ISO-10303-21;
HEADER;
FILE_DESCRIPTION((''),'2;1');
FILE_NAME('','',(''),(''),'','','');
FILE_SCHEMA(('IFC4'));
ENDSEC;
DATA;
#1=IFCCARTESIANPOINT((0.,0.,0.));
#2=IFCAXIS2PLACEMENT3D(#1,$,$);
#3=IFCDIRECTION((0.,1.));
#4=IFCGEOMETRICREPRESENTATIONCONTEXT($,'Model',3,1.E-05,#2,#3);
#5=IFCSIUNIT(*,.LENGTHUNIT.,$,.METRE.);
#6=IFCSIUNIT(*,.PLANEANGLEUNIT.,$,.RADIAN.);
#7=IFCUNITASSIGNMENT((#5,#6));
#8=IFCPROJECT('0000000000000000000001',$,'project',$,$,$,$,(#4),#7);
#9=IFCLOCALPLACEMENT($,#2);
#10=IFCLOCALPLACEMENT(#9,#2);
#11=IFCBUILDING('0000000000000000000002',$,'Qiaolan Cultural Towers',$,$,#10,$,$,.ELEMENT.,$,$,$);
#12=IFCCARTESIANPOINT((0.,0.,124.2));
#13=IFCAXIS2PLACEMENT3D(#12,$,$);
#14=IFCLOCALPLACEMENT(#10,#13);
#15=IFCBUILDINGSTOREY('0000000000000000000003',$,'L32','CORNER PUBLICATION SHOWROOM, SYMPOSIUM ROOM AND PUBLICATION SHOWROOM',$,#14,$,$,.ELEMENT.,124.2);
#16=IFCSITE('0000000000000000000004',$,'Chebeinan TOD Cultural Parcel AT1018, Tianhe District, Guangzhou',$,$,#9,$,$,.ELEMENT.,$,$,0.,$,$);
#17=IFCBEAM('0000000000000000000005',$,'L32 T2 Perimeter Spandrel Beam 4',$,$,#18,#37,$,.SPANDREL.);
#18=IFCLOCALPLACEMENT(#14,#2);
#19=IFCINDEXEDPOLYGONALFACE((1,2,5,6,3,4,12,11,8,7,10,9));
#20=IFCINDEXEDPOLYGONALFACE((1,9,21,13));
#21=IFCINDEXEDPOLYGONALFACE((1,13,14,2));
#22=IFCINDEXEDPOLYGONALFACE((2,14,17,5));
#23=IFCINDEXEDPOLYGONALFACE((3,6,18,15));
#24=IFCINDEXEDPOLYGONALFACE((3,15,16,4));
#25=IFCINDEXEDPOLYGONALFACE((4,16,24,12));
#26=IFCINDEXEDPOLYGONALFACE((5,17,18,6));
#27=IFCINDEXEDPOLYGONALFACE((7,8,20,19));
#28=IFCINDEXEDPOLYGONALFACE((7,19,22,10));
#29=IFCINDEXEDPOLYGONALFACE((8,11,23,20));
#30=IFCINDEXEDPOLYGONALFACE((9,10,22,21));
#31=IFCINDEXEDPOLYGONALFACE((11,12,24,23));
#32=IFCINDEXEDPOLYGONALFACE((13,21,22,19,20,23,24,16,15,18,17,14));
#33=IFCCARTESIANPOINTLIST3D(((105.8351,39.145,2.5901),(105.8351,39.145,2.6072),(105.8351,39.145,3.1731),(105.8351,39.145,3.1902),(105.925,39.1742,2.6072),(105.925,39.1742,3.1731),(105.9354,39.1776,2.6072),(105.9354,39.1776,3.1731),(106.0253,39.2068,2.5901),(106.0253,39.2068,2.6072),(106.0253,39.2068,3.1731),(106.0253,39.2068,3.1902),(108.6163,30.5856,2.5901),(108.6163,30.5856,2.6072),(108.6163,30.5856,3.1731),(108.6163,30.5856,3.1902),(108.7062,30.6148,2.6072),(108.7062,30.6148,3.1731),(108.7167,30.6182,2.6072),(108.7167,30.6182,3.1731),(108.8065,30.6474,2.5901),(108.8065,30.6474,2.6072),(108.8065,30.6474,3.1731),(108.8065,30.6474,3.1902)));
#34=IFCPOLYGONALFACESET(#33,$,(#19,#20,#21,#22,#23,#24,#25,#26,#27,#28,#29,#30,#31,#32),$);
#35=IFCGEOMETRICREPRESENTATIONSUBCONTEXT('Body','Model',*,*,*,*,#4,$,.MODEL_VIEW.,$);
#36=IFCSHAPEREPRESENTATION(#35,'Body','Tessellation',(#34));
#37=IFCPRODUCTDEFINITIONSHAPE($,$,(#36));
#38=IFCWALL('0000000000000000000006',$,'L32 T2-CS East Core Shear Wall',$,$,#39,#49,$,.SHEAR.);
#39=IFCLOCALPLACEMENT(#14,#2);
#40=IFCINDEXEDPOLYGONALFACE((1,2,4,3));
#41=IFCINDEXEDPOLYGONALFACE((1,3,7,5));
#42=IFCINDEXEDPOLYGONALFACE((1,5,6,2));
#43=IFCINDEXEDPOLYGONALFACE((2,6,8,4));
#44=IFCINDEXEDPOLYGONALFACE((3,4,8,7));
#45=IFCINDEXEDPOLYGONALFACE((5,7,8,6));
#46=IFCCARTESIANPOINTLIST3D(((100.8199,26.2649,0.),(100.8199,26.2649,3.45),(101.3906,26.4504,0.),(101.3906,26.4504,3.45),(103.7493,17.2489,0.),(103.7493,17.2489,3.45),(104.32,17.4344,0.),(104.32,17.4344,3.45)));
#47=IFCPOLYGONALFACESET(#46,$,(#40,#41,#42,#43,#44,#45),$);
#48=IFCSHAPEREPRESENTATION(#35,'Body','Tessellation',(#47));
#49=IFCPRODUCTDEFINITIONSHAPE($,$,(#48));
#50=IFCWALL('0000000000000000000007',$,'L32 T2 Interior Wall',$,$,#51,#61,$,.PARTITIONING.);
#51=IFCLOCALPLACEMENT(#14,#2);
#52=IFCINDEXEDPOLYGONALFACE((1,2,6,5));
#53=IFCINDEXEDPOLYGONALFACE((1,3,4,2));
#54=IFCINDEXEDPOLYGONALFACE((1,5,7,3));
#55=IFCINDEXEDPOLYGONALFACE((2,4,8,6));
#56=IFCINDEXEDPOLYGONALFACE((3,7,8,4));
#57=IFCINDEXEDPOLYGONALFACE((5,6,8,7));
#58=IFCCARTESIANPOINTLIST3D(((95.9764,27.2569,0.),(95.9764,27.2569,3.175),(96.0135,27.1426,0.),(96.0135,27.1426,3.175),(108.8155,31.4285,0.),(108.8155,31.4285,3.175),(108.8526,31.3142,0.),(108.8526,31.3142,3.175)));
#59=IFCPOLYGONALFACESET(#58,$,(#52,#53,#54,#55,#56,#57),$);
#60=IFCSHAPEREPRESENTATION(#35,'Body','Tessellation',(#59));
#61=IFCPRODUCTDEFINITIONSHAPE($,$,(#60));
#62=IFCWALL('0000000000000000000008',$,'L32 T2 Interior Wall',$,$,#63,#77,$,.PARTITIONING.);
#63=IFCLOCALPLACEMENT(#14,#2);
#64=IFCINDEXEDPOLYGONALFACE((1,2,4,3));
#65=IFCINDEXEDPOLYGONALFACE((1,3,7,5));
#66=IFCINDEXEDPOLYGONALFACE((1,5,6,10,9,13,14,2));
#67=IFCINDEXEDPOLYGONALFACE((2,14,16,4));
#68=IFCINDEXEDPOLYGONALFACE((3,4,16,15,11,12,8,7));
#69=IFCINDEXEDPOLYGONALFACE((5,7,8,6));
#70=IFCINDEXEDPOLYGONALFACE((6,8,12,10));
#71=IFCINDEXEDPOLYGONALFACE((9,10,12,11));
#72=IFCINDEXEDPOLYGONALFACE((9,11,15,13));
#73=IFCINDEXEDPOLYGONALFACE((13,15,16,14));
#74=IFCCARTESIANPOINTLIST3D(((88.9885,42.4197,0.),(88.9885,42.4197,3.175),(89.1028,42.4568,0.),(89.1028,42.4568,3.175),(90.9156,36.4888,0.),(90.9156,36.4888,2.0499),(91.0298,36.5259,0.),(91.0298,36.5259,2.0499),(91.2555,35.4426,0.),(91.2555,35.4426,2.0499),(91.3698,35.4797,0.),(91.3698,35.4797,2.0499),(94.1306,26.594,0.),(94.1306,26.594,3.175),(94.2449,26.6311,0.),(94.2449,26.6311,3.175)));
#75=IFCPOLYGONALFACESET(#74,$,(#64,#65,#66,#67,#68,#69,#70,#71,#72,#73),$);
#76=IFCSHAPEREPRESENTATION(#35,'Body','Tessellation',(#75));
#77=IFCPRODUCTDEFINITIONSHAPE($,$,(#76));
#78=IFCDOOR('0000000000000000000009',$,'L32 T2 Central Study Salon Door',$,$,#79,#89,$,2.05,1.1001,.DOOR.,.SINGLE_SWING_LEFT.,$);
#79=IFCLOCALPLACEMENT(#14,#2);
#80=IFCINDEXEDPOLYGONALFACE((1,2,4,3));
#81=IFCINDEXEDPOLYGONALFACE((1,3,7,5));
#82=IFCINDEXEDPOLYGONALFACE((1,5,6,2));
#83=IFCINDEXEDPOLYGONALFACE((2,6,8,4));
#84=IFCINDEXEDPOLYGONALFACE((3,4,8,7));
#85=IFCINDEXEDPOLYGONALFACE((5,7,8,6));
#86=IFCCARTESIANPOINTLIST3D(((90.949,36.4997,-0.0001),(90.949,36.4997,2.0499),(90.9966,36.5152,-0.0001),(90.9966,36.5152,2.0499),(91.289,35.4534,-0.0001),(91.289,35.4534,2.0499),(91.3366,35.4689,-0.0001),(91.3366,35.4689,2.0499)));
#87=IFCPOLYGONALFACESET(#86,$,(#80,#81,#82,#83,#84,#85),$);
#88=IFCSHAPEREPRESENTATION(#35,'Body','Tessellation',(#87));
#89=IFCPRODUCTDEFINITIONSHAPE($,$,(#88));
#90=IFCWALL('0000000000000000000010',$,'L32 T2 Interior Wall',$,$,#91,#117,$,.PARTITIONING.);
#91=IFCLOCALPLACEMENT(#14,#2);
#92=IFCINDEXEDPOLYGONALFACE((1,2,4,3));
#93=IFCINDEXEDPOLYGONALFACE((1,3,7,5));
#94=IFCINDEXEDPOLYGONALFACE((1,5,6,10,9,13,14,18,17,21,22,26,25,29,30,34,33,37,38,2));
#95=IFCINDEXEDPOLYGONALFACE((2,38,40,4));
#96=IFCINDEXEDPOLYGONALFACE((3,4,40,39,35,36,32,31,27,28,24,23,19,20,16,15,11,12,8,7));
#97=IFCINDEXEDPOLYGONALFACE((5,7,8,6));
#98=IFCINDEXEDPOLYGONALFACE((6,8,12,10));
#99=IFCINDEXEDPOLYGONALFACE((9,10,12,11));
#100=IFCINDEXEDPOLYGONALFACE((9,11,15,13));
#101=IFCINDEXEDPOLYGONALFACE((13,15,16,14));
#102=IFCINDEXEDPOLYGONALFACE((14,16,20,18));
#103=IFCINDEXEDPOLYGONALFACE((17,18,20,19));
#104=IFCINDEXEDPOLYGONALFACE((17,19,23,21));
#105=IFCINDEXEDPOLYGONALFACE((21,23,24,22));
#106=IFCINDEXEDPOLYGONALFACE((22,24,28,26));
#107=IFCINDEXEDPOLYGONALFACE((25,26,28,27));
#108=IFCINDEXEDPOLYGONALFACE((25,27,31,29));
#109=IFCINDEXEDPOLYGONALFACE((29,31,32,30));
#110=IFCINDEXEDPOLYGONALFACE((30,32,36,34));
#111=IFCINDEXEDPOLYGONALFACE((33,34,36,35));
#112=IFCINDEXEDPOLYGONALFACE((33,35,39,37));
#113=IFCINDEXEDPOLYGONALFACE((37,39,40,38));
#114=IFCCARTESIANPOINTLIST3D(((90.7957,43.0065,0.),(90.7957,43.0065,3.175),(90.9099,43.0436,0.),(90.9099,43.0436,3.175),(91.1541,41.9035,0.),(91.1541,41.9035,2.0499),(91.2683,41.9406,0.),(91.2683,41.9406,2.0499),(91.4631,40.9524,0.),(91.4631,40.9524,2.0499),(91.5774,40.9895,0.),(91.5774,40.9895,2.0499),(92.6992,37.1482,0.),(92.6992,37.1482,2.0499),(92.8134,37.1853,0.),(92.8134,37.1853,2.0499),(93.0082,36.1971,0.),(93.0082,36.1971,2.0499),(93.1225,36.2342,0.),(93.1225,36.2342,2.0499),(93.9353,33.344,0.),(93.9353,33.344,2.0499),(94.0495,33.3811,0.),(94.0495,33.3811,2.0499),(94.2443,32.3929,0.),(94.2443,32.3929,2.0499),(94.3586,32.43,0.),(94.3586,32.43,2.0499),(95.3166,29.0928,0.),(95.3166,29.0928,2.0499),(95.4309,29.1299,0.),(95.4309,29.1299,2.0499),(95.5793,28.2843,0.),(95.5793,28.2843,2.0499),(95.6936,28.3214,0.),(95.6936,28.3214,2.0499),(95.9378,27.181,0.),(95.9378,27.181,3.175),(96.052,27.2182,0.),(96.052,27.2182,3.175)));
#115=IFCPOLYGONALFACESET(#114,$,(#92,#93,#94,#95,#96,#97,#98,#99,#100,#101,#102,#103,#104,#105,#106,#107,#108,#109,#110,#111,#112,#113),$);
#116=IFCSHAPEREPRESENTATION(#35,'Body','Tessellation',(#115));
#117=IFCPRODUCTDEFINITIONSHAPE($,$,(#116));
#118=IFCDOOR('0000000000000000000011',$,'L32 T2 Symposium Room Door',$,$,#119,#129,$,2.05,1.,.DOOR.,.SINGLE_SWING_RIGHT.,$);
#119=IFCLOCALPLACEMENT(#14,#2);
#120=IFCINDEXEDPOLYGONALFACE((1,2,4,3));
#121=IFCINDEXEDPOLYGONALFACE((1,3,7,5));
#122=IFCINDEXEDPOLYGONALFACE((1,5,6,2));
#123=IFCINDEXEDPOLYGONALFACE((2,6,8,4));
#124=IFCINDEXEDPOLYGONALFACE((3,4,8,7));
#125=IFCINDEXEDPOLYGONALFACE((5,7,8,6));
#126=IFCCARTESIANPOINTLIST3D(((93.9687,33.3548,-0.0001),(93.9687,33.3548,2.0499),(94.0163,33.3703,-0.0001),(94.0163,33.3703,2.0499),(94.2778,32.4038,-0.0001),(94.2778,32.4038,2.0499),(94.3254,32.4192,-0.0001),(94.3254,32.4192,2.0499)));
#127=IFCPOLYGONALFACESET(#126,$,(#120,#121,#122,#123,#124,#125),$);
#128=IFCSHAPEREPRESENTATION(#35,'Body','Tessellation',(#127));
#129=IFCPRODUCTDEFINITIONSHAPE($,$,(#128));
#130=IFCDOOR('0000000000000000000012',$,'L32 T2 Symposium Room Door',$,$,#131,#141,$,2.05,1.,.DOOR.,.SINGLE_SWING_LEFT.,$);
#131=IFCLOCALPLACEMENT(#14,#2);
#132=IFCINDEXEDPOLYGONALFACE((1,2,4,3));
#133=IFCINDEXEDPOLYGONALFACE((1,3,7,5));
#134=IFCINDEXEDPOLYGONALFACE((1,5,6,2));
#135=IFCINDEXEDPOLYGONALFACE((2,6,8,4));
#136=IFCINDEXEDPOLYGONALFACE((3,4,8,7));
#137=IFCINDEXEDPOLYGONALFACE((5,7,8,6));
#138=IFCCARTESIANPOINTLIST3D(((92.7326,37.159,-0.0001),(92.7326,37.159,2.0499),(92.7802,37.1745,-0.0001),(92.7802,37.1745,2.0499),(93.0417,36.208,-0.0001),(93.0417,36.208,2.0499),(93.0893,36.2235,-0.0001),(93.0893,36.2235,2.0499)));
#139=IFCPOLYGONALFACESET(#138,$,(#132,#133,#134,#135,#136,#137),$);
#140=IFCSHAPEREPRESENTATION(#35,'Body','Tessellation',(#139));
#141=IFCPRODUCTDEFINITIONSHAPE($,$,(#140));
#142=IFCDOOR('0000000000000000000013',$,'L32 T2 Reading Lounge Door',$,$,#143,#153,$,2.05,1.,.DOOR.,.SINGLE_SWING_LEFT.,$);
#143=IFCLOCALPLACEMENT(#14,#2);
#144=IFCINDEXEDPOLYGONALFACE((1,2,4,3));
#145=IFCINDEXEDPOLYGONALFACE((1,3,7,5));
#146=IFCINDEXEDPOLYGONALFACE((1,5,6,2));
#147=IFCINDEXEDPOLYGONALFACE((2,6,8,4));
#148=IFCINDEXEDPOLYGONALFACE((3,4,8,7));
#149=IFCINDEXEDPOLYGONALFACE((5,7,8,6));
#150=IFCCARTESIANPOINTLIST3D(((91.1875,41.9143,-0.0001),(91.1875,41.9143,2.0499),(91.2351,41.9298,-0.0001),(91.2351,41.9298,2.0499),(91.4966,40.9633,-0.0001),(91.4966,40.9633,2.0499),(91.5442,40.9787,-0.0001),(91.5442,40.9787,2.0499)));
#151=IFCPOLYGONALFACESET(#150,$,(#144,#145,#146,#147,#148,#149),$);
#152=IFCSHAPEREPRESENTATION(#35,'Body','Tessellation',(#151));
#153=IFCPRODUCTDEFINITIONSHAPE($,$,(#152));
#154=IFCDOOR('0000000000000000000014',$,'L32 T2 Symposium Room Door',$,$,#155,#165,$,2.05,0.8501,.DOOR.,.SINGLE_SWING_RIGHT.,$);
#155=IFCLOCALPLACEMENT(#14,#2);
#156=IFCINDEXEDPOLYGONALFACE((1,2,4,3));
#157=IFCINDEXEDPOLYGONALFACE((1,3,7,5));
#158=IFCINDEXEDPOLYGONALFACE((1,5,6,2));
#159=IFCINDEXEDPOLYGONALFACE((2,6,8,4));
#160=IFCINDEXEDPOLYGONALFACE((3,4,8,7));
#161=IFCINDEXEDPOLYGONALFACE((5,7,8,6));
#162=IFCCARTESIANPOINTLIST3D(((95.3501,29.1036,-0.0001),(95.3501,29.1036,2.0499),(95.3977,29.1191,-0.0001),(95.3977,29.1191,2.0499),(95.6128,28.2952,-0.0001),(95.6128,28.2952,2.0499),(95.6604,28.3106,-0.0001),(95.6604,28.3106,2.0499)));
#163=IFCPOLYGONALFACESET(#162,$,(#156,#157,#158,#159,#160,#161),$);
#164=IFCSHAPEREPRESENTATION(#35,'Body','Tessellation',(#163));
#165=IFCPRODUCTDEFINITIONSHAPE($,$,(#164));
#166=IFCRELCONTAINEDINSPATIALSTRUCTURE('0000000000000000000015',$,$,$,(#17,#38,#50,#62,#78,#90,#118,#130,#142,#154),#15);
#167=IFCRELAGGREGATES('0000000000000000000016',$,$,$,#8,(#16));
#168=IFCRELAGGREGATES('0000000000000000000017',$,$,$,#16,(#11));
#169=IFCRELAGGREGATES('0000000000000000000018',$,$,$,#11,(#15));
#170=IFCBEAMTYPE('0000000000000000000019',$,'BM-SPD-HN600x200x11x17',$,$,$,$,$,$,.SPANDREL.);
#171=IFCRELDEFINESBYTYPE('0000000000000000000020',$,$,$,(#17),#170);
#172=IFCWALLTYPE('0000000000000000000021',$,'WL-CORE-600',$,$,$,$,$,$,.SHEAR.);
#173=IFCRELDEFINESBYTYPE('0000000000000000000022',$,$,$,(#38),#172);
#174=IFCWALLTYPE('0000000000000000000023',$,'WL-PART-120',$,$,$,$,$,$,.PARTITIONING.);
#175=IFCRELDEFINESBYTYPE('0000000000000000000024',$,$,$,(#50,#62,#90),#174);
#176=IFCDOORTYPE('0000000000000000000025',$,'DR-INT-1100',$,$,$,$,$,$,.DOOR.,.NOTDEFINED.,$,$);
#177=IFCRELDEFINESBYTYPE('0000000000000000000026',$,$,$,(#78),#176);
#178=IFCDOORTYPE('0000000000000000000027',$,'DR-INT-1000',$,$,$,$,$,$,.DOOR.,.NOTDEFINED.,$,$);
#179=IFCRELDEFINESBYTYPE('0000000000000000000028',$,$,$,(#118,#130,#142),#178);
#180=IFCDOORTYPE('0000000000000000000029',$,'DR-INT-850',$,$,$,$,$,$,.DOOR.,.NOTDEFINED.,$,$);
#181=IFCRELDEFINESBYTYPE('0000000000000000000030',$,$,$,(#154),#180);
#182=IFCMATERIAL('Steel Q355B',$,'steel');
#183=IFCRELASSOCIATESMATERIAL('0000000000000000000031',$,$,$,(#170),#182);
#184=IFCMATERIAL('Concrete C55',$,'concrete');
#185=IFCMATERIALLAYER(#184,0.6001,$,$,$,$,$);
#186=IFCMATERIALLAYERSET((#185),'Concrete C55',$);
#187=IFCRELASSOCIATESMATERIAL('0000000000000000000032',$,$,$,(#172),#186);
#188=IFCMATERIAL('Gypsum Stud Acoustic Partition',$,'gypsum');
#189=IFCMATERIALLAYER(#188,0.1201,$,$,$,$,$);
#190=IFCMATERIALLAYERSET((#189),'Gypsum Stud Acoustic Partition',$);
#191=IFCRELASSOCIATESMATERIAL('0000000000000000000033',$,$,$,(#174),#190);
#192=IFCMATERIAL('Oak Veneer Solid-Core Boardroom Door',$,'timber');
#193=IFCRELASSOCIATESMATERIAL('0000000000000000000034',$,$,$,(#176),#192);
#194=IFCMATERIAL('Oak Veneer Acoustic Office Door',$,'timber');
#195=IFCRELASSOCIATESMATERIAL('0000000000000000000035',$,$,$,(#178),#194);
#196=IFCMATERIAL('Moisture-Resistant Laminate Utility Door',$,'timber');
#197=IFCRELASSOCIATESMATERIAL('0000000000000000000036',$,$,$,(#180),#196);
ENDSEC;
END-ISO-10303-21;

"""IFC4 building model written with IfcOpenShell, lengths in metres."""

from ifc_helpers import new_model, si_unit, direction, frame, frame_2d, origin, origin_2d, place, context, subcontext, project, spatial, rectangle, i_section, extrude, material, layer, layer_set, material_profile, profile_set, type_object, element, fill, save


model = new_model("IFC4")

# Units and contexts
model_context = context("Model", 3, precision=1e-05, world=origin(), true_north=direction((0.0, 1.0)))
body_context = subcontext(model_context, "Body", "Model", "MODEL_VIEW")
ifc_project = project(units=[si_unit("LENGTHUNIT", "METRE"), si_unit("PLANEANGLEUNIT", "RADIAN")], contexts=[model_context])

# Site, building, storey
site_placement = place(None, origin())
site = spatial("IfcSite", under=ifc_project, at=site_placement, Name="Chebeinan TOD Cultural Parcel AT1018, Tianhe District, Guangzhou", CompositionType="ELEMENT", RefElevation=0.0)
building_placement = place(site_placement, origin())
building = spatial("IfcBuilding", under=site, at=building_placement, Name="Qiaolan Cultural Towers", CompositionType="ELEMENT")
storey_placement = place(building_placement, frame((0.0, 0.0, 124.2)))
storey = spatial("IfcBuildingStorey", under=building, at=storey_placement, Name="L32", Description="CORNER PUBLICATION SHOWROOM, SYMPOSIUM ROOM AND PUBLICATION SHOWROOM", CompositionType="ELEMENT", Elevation=124.2)

# Beam
ifc_material_1 = material(Name="Steel Q355B", Category="steel")
ifc_material_profile_1 = material_profile(ifc_material_1, i_section(OverallWidth=0.2, OverallDepth=0.6001, WebThickness=0.011, FlangeThickness=0.0171, at=origin_2d()), Name="HN600x200x11x17")
ifc_profile_set_1 = profile_set([ifc_material_profile_1], Name="Steel Q355B")
beam_type_1 = type_object("IfcBeamType", Name="BM-SPD-HN600x200x11x17", PredefinedType="SPANDREL", material=ifc_profile_set_1)
beam_1_placement = place(storey_placement, frame((108.7114, 30.6165, 2.8901), z_axis=(-0.309025, 0.951054, 0.0), x_axis=(-0.951054, -0.309025, 0.0)))
element("IfcBeam", 1, at=beam_1_placement, inside=storey, type_object=beam_type_1, Name="L32 T2 Perimeter Spandrel Beam 4", PredefinedType="SPANDREL", context=body_context, shape_type="SweptSolid", body=[
    extrude(i_section(OverallWidth=0.2, OverallDepth=0.6001, WebThickness=0.011, FlangeThickness=0.0171, at=origin_2d()), origin(), (0.0, 0.0, 1.0), 9.0),
])

# Walls
ifc_material_2 = material(Name="Concrete C55", Category="concrete")
ifc_layer_1 = layer(ifc_material_2, 0.6001)
ifc_layer_set_1 = layer_set([ifc_layer_1], Name="Concrete C55")
wall_type_1 = type_object("IfcWallType", Name="WL-CORE-600", PredefinedType="SHEAR", material=ifc_layer_set_1)
wall_1_placement = place(storey_placement, frame((101.1052, 26.3577, 0.0), z_axis=(0.0, 0.0, 1.0), x_axis=(0.30901, -0.951059, 0.0)))
element("IfcWall", 2, at=wall_1_placement, inside=storey, type_object=wall_type_1, Name="L32 T2-CS East Core Shear Wall", PredefinedType="SHEAR", context=body_context, shape_type="SweptSolid", body=[
    extrude(rectangle(XDim=9.48, YDim=0.6001, at=frame_2d((4.74, 0.0))), origin(), (0.0, 0.0, 1.0), 3.45),
])
ifc_material_3 = material(Name="Gypsum Stud Acoustic Partition", Category="gypsum")
ifc_layer_2 = layer(ifc_material_3, 0.1201)
ifc_layer_set_2 = layer_set([ifc_layer_2], Name="Gypsum Stud Acoustic Partition")
wall_type_2 = type_object("IfcWallType", Name="WL-PART-120", PredefinedType="PARTITIONING", material=ifc_layer_set_2)
wall_2_placement = place(storey_placement, frame((95.9949, 27.1997, 0.0), z_axis=(0.0, 0.0, 1.0), x_axis=(0.951058, 0.309014, 0.0)))
element("IfcWall", 3, at=wall_2_placement, inside=storey, type_object=wall_type_2, Name="L32 T2 Interior Wall", PredefinedType="PARTITIONING", context=body_context, shape_type="SweptSolid", body=[
    extrude(rectangle(XDim=13.4998, YDim=0.1201, at=frame_2d((6.75, 0.0))), origin(), (0.0, 0.0, 1.0), 3.175),
])

# Wall, opening, door
wall_3_placement = place(storey_placement, frame((94.1877, 26.6125, 0.0), z_axis=(0.0, 0.0, 1.0), x_axis=(-0.309018, 0.951056, 0.0)))
wall_3 = element("IfcWall", 4, at=wall_3_placement, inside=storey, type_object=wall_type_2, Name="L32 T2 Interior Wall", PredefinedType="PARTITIONING", context=body_context, shape_type="SweptSolid", body=[
    extrude(rectangle(XDim=16.6401, YDim=0.1201, at=frame_2d((8.3201, 0.0))), origin(), (0.0, 0.0, 1.0), 3.175),
])
opening_1_placement = place(wall_3_placement, frame((9.304, 0.0, 0.0)))
opening_1 = element("IfcOpeningElement", 5, at=opening_1_placement, cuts=wall_3, PredefinedType="OPENING", context=body_context, shape_type="SweptSolid", body=[
    extrude(rectangle(XDim=1.1001, YDim=2.05, at=frame_2d((0.55, 1.0249))), frame((0.0, 0.0701, 0.0), z_axis=(0.0, -1.0, 0.0), x_axis=(1.0, 0.0, 0.0)), (0.0, 0.0, 1.0), 0.1401),
])
ifc_material_4 = material(Name="Oak Veneer Solid-Core Boardroom Door", Category="timber")
door_type_1 = type_object("IfcDoorType", Name="DR-INT-1100", OperationType="NOTDEFINED", PredefinedType="DOOR", material=ifc_material_4)
door_1_placement = place(opening_1_placement, origin())
door_1 = element("IfcDoor", 6, at=door_1_placement, inside=storey, type_object=door_type_1, Name="L32 T2 Central Study Salon Door", OperationType="SINGLE_SWING_LEFT", OverallHeight=2.05, OverallWidth=1.1001, PredefinedType="DOOR", context=body_context, shape_type="SweptSolid", body=[
    extrude(rectangle(XDim=1.1001, YDim=2.05, at=frame_2d((0.55, 1.0249))), frame((0.0, 0.0249, 0.0), z_axis=(0.0, -1.0, 0.0), x_axis=(1.0, 0.0, 0.0)), (0.0, 0.0, 1.0), 0.05),
])
fill(opening_1, door_1)

# Wall, openings, doors
wall_4_placement = place(storey_placement, frame((95.9949, 27.1997, 0.0), z_axis=(0.0, 0.0, 1.0), x_axis=(-0.309022, 0.951055, 0.0)))
wall_4 = element("IfcWall", 7, at=wall_4_placement, inside=storey, type_object=wall_type_2, Name="L32 T2 Interior Wall", PredefinedType="PARTITIONING", context=body_context, shape_type="SweptSolid", body=[
    extrude(rectangle(XDim=16.6399, YDim=0.1201, at=frame_2d((8.3198, 0.0))), origin(), (0.0, 0.0, 1.0), 3.175),
])
opening_2_placement = place(wall_4_placement, frame((1.1599, 0.0, 0.0)))
opening_2 = element("IfcOpeningElement", 8, at=opening_2_placement, cuts=wall_4, PredefinedType="OPENING", context=body_context, shape_type="SweptSolid", body=[
    extrude(rectangle(XDim=0.8501, YDim=2.05, at=frame_2d((0.425, 1.0249))), frame((0.0, 0.0701, 0.0), z_axis=(0.0, -1.0, 0.0), x_axis=(1.0, 0.0, 0.0)), (0.0, 0.0, 1.0), 0.1401),
])
opening_3_placement = place(wall_4_placement, frame((5.48, 0.0, 0.0)))
opening_3 = element("IfcOpeningElement", 9, at=opening_3_placement, cuts=wall_4, PredefinedType="OPENING", context=body_context, shape_type="SweptSolid", body=[
    extrude(rectangle(XDim=1.0, YDim=2.05, at=frame_2d((0.5, 1.0249))), frame((0.0, 0.0701, 0.0), z_axis=(0.0, -1.0, 0.0), x_axis=(1.0, 0.0, 0.0)), (0.0, 0.0, 1.0), 0.1401),
])
opening_4_placement = place(wall_4_placement, frame((9.48, 0.0, 0.0)))
opening_4 = element("IfcOpeningElement", 10, at=opening_4_placement, cuts=wall_4, PredefinedType="OPENING", context=body_context, shape_type="SweptSolid", body=[
    extrude(rectangle(XDim=1.0, YDim=2.05, at=frame_2d((0.5, 1.0249))), frame((0.0, 0.0701, 0.0), z_axis=(0.0, -1.0, 0.0), x_axis=(1.0, 0.0, 0.0)), (0.0, 0.0, 1.0), 0.1401),
])
opening_5_placement = place(wall_4_placement, frame((14.48, 0.0, 0.0)))
opening_5 = element("IfcOpeningElement", 11, at=opening_5_placement, cuts=wall_4, PredefinedType="OPENING", context=body_context, shape_type="SweptSolid", body=[
    extrude(rectangle(XDim=1.0, YDim=2.05, at=frame_2d((0.5, 1.0249))), frame((0.0, 0.0701, 0.0), z_axis=(0.0, -1.0, 0.0), x_axis=(1.0, 0.0, 0.0)), (0.0, 0.0, 1.0), 0.1401),
])
ifc_material_5 = material(Name="Oak Veneer Acoustic Office Door", Category="timber")
door_type_2 = type_object("IfcDoorType", Name="DR-INT-1000", OperationType="NOTDEFINED", PredefinedType="DOOR", material=ifc_material_5)
door_2_placement = place(opening_3_placement, origin())
door_2 = element("IfcDoor", 12, at=door_2_placement, inside=storey, type_object=door_type_2, Name="L32 T2 Symposium Room Door", OperationType="SINGLE_SWING_RIGHT", OverallHeight=2.05, OverallWidth=1.0, PredefinedType="DOOR", context=body_context, shape_type="SweptSolid", body=[
    extrude(rectangle(XDim=1.0, YDim=2.05, at=frame_2d((0.5, 1.0249))), frame((0.0, 0.0249, 0.0), z_axis=(0.0, -1.0, 0.0), x_axis=(1.0, 0.0, 0.0)), (0.0, 0.0, 1.0), 0.05),
])
fill(opening_3, door_2)
door_3_placement = place(opening_4_placement, origin())
door_3 = element("IfcDoor", 13, at=door_3_placement, inside=storey, type_object=door_type_2, Name="L32 T2 Symposium Room Door", OperationType="SINGLE_SWING_LEFT", OverallHeight=2.05, OverallWidth=1.0, PredefinedType="DOOR", context=body_context, shape_type="SweptSolid", body=[
    extrude(rectangle(XDim=1.0, YDim=2.05, at=frame_2d((0.5, 1.0249))), frame((0.0, 0.0249, 0.0), z_axis=(0.0, -1.0, 0.0), x_axis=(1.0, 0.0, 0.0)), (0.0, 0.0, 1.0), 0.05),
])
fill(opening_4, door_3)
door_4_placement = place(opening_5_placement, origin())
door_4 = element("IfcDoor", 14, at=door_4_placement, inside=storey, type_object=door_type_2, Name="L32 T2 Reading Lounge Door", OperationType="SINGLE_SWING_LEFT", OverallHeight=2.05, OverallWidth=1.0, PredefinedType="DOOR", context=body_context, shape_type="SweptSolid", body=[
    extrude(rectangle(XDim=1.0, YDim=2.05, at=frame_2d((0.5, 1.0249))), frame((0.0, 0.0249, 0.0), z_axis=(0.0, -1.0, 0.0), x_axis=(1.0, 0.0, 0.0)), (0.0, 0.0, 1.0), 0.05),
])
fill(opening_5, door_4)
ifc_material_6 = material(Name="Moisture-Resistant Laminate Utility Door", Category="timber")
door_type_3 = type_object("IfcDoorType", Name="DR-INT-850", OperationType="NOTDEFINED", PredefinedType="DOOR", material=ifc_material_6)
door_5_placement = place(opening_2_placement, origin())
door_5 = element("IfcDoor", 15, at=door_5_placement, inside=storey, type_object=door_type_3, Name="L32 T2 Symposium Room Door", OperationType="SINGLE_SWING_RIGHT", OverallHeight=2.05, OverallWidth=0.8501, PredefinedType="DOOR", context=body_context, shape_type="SweptSolid", body=[
    extrude(rectangle(XDim=0.8501, YDim=2.05, at=frame_2d((0.425, 1.0249))), frame((0.0, 0.0249, 0.0), z_axis=(0.0, -1.0, 0.0), x_axis=(1.0, 0.0, 0.0)), (0.0, 0.0, 1.0), 0.05),
])
fill(opening_2, door_5)

save(model, "model.ifc")
